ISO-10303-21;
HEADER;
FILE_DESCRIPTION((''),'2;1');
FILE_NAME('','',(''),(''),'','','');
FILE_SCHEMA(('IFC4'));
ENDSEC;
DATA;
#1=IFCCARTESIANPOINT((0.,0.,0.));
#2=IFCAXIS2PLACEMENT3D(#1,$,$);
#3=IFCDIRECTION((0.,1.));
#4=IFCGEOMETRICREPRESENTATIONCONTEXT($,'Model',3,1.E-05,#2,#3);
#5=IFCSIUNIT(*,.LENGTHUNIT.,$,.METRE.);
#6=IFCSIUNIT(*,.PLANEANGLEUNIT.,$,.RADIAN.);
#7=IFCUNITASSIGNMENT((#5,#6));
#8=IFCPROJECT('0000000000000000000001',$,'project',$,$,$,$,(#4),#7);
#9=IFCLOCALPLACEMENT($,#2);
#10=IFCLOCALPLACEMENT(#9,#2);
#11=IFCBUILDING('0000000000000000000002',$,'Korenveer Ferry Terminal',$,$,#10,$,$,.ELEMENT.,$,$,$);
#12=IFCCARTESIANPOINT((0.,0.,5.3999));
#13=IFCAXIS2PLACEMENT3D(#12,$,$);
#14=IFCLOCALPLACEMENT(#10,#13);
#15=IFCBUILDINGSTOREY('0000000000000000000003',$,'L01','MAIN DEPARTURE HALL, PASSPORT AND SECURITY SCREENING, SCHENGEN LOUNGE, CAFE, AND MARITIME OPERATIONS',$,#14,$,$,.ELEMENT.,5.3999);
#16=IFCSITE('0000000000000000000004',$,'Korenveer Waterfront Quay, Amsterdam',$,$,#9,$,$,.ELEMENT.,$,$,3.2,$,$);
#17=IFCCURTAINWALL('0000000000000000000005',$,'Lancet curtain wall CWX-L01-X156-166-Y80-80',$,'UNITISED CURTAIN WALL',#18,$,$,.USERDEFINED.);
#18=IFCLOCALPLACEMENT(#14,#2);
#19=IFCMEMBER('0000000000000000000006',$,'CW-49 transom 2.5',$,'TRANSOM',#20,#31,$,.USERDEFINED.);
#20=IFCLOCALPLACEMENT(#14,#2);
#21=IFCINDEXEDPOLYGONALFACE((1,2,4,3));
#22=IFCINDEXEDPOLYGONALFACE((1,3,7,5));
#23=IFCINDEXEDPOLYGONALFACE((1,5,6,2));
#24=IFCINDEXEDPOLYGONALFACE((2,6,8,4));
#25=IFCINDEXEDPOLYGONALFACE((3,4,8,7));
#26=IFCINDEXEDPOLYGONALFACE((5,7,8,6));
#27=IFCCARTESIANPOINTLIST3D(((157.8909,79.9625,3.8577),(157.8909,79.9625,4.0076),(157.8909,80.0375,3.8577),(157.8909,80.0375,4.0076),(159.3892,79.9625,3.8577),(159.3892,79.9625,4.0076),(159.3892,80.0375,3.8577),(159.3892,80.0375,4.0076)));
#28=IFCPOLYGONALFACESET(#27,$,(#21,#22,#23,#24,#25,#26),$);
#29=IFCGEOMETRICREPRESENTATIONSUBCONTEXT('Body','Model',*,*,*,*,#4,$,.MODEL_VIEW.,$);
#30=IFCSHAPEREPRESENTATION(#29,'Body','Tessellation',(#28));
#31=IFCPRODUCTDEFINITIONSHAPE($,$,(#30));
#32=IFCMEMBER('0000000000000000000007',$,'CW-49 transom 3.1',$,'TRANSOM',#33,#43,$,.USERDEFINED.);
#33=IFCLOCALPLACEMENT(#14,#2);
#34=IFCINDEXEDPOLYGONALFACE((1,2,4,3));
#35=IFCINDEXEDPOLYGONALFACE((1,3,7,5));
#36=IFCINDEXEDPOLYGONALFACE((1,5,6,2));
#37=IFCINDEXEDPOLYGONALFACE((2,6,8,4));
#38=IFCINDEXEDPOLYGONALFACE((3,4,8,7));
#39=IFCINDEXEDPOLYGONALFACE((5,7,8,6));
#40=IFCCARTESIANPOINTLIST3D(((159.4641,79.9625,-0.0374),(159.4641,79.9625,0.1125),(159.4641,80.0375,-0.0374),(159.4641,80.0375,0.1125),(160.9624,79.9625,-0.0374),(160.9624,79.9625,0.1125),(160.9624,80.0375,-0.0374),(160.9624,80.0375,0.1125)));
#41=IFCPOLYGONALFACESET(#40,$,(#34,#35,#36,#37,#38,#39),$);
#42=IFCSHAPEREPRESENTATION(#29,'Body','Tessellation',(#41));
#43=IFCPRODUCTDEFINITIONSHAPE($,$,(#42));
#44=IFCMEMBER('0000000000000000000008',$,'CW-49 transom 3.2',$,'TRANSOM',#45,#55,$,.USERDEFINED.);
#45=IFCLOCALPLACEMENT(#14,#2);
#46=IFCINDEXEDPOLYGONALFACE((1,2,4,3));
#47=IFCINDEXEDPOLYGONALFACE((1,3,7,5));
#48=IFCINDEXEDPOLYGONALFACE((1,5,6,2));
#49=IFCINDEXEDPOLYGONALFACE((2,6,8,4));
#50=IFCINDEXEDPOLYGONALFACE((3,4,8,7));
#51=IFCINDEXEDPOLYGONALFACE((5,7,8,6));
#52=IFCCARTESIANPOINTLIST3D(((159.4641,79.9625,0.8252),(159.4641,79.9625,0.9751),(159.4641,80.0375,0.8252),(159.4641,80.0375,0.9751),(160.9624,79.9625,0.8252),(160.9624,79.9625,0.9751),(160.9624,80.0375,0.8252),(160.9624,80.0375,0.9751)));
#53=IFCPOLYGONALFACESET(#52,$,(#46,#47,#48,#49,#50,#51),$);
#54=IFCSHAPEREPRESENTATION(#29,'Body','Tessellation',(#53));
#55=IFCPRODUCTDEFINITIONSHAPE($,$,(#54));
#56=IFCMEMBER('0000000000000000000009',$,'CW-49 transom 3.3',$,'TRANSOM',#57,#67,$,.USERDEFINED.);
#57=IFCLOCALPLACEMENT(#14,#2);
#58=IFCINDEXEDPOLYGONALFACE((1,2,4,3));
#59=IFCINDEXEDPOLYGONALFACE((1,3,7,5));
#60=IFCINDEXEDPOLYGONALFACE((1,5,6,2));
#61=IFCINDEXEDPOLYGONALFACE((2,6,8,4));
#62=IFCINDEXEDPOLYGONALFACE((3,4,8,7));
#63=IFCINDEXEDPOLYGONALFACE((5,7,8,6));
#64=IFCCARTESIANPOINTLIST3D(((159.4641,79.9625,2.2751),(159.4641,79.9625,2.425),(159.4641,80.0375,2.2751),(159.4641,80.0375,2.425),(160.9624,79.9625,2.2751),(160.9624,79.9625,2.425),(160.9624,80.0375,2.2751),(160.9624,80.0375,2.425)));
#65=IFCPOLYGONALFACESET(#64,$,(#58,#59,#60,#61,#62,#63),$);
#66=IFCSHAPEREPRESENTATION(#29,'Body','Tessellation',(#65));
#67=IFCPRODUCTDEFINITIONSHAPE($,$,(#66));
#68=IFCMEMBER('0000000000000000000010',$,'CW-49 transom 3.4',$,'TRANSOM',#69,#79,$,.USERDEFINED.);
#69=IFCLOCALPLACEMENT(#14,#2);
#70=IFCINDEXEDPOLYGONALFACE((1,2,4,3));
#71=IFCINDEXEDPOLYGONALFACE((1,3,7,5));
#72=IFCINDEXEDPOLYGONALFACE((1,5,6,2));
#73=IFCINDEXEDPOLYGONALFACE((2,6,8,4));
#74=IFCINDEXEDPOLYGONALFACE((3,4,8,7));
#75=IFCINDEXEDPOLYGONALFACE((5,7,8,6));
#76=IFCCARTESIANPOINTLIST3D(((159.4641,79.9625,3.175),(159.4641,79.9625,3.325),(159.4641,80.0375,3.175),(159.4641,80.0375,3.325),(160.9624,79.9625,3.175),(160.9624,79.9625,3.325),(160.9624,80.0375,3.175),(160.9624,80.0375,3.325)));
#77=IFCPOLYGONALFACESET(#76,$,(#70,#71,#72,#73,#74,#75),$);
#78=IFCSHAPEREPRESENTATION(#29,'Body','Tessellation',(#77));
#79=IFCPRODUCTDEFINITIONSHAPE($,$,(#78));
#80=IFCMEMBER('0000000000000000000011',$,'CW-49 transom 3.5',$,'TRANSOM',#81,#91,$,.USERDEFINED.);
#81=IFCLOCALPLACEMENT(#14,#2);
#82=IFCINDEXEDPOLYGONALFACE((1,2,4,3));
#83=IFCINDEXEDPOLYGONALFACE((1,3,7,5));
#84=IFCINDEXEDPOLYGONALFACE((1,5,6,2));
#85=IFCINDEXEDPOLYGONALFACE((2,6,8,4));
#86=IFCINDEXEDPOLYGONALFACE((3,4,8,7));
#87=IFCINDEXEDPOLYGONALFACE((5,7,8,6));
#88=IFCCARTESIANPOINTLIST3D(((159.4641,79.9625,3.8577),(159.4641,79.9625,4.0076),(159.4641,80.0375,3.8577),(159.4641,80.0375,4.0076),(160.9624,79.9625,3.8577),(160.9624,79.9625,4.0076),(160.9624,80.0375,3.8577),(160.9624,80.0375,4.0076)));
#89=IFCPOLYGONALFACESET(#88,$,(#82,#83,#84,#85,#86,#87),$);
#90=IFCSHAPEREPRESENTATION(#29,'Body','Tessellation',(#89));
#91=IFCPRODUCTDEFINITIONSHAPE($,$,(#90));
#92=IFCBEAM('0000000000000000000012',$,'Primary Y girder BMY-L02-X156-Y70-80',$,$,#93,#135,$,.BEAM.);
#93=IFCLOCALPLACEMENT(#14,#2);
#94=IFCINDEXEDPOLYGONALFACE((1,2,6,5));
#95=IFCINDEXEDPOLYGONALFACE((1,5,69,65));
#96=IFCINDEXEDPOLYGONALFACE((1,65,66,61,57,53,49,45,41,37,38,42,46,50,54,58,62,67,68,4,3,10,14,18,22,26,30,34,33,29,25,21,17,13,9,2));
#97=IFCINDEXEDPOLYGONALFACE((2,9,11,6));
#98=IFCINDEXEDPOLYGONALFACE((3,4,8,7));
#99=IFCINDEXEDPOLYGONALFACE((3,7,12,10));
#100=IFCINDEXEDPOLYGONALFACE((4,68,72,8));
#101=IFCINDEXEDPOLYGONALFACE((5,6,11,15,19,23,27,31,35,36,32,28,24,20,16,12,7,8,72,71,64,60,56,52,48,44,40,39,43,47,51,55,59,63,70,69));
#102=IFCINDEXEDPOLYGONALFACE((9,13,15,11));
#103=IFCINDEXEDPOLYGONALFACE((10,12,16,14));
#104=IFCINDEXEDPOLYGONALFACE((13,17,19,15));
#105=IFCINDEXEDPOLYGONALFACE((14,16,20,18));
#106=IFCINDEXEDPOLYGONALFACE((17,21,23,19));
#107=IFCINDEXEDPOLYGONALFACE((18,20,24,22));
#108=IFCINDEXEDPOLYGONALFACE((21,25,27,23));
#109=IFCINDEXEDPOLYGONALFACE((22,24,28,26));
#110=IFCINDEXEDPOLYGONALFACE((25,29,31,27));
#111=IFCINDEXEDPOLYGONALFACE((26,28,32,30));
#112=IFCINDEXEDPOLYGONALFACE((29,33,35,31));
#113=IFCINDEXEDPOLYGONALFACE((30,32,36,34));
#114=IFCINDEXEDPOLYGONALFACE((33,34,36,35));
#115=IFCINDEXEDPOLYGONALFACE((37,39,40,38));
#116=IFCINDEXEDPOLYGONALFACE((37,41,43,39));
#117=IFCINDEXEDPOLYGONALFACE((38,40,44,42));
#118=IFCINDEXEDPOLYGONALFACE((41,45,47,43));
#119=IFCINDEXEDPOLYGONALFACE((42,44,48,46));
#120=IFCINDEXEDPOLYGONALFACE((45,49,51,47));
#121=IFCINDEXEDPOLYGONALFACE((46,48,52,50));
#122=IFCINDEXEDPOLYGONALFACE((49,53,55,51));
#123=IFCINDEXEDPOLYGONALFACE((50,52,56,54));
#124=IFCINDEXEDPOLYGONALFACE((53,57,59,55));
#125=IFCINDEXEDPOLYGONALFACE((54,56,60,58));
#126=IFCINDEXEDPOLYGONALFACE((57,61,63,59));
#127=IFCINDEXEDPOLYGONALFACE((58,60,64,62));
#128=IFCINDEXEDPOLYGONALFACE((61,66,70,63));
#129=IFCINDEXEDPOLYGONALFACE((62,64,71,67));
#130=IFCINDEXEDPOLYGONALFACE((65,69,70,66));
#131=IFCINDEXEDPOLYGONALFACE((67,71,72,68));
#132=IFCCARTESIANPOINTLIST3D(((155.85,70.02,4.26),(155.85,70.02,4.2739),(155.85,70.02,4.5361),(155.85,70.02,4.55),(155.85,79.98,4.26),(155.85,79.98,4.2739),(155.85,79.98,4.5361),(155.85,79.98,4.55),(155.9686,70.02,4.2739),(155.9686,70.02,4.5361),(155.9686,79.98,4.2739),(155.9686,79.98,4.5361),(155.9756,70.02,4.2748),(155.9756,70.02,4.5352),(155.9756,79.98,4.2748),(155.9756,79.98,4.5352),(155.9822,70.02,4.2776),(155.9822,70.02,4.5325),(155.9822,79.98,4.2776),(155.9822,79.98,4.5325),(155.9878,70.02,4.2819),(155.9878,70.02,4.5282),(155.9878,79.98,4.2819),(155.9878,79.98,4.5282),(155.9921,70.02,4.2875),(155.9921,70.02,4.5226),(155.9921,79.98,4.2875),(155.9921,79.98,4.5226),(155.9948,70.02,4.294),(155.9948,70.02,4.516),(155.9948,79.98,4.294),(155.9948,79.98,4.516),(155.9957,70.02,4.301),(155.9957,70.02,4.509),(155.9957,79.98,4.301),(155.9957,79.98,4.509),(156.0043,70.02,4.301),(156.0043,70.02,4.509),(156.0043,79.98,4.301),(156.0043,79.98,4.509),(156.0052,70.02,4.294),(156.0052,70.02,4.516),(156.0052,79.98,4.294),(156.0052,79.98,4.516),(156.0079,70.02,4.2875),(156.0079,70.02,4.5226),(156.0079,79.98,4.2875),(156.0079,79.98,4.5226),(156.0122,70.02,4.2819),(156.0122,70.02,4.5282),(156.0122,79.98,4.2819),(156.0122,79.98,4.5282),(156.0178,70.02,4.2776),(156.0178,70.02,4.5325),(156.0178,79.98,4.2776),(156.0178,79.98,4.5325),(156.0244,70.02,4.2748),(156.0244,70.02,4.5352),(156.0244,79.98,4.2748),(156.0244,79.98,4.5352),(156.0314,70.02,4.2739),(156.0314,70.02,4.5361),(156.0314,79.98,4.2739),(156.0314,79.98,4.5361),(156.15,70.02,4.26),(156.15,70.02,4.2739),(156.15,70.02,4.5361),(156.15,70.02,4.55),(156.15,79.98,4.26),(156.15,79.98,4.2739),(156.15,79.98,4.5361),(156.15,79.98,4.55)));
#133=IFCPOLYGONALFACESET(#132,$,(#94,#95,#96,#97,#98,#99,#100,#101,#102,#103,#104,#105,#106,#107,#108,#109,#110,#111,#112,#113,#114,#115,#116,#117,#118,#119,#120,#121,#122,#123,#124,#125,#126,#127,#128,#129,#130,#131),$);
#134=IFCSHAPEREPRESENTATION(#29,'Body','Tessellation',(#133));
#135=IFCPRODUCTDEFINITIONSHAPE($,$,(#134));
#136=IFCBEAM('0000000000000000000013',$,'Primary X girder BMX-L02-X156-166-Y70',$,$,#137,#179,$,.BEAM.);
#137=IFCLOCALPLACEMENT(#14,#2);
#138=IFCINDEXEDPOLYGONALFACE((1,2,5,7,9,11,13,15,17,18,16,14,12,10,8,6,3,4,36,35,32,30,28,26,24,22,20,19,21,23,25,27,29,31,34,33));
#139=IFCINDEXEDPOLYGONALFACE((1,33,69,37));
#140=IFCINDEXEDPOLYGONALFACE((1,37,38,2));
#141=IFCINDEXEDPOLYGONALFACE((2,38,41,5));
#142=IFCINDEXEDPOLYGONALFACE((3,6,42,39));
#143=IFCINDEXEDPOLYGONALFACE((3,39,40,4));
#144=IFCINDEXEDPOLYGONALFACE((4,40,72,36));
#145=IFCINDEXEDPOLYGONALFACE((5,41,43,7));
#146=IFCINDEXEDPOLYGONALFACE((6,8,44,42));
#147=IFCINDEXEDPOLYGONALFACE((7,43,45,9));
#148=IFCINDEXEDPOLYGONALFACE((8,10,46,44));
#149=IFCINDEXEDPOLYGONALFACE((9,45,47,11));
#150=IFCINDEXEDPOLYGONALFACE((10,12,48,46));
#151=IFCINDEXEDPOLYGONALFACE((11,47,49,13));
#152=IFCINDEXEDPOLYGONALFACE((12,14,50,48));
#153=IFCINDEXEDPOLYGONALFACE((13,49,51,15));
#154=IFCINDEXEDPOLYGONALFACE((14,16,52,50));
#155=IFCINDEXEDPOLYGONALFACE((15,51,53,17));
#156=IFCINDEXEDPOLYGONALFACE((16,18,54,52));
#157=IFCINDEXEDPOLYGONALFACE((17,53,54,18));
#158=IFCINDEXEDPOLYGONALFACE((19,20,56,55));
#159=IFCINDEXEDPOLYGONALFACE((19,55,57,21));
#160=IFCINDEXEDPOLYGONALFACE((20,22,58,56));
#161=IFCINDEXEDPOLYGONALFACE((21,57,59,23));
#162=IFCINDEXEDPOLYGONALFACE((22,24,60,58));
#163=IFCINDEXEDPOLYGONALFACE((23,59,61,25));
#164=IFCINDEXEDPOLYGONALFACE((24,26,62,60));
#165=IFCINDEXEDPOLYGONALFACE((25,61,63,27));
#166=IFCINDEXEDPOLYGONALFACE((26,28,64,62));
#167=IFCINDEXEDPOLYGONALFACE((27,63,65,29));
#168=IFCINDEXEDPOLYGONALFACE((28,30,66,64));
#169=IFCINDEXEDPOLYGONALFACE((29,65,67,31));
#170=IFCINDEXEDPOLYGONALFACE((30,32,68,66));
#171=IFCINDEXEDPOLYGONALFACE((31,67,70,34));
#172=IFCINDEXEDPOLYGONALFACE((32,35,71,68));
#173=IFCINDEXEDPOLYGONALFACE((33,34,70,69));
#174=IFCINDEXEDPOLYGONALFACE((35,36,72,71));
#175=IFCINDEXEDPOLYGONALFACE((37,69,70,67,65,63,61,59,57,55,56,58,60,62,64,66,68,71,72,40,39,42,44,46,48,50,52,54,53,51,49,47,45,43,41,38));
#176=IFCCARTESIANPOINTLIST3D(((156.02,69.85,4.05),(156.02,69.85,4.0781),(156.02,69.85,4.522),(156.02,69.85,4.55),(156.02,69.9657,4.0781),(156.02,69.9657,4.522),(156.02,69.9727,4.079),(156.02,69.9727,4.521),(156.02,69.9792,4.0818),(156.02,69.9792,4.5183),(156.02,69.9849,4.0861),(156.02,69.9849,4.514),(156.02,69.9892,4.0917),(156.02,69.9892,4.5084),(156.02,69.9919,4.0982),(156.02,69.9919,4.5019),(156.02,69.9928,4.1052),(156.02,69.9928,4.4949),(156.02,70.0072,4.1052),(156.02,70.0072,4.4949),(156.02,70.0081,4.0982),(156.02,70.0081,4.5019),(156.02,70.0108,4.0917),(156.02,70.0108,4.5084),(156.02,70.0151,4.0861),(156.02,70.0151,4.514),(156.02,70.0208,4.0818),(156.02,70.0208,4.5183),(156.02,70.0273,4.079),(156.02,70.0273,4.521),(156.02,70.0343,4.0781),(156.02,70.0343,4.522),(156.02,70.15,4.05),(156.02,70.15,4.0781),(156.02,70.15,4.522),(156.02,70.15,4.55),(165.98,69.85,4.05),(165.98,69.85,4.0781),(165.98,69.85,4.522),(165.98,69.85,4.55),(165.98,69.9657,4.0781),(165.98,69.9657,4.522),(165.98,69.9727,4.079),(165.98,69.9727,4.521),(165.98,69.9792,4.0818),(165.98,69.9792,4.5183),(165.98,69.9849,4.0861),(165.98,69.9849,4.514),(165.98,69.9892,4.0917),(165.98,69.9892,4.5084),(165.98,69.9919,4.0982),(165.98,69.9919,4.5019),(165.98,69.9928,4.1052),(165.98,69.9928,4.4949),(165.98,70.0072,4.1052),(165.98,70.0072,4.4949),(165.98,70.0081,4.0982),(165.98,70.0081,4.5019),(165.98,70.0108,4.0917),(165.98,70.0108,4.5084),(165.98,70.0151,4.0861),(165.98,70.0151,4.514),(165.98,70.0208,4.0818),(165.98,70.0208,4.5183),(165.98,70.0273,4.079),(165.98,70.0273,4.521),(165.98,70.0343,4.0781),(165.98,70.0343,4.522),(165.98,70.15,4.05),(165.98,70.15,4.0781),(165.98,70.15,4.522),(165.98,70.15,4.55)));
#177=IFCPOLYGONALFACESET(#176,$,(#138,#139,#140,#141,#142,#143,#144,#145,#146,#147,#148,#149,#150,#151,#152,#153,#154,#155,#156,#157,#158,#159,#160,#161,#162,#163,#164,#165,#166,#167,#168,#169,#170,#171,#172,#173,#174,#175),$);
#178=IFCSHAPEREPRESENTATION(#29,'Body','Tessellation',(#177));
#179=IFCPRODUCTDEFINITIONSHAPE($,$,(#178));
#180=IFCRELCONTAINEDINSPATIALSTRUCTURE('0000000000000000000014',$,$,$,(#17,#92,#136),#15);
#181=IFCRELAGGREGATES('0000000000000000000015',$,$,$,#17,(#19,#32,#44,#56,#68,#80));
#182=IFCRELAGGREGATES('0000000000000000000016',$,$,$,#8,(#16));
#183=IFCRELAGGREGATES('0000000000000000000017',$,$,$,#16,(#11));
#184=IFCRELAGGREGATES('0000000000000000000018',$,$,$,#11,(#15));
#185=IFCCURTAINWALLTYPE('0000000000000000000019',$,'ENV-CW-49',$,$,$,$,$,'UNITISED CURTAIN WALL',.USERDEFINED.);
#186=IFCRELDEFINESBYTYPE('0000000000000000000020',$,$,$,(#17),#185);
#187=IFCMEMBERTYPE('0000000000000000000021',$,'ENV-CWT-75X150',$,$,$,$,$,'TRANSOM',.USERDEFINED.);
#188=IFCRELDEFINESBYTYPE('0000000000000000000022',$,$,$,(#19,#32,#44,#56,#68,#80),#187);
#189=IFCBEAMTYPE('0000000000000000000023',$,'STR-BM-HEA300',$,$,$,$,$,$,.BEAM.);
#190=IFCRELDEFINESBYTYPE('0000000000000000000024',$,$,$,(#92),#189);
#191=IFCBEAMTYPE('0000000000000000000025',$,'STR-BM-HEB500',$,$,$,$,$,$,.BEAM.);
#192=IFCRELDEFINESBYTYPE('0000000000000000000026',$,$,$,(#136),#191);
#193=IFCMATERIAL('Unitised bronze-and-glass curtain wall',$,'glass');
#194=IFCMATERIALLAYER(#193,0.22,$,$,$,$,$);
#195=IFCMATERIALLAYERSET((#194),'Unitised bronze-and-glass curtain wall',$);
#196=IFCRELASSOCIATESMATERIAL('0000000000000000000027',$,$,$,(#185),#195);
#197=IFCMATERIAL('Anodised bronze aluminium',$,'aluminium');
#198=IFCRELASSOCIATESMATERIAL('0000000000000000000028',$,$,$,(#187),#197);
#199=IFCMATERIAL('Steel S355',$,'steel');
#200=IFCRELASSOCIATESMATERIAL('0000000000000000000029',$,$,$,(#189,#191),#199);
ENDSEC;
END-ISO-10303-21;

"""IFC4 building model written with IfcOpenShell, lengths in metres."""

from ifc_helpers import new_model, si_unit, direction, frame, origin, origin_2d, place, context, subcontext, project, spatial, rectangle, i_section, extrude, material, layer, layer_set, material_profile, profile_set, type_object, element, aggregate, save


model = new_model("IFC4")

# Units and contexts
model_context = context("Model", 3, precision=1e-05, world=origin(), true_north=direction((0.0, 1.0)))
body_context = subcontext(model_context, "Body", "Model", "MODEL_VIEW")
ifc_project = project(units=[si_unit("LENGTHUNIT", "METRE"), si_unit("PLANEANGLEUNIT", "RADIAN")], contexts=[model_context])

# Site, building, storey
site_placement = place(None, origin())
site = spatial("IfcSite", under=ifc_project, at=site_placement, Name="Korenveer Waterfront Quay, Amsterdam", CompositionType="ELEMENT", RefElevation=3.2)
building_placement = place(site_placement, origin())
building = spatial("IfcBuilding", under=site, at=building_placement, Name="Korenveer Ferry Terminal", CompositionType="ELEMENT")
storey_placement = place(building_placement, frame((0.0, 0.0, 5.3999)))
storey = spatial("IfcBuildingStorey", under=building, at=storey_placement, Name="L01", Description="MAIN DEPARTURE HALL, PASSPORT AND SECURITY SCREENING, SCHENGEN LOUNGE, CAFE, AND MARITIME OPERATIONS", CompositionType="ELEMENT", Elevation=5.3999)

# Shared definitions
ifc_material_1 = material(Name="Unitised bronze-and-glass curtain wall", Category="glass")
ifc_material_2 = material(Name="Anodised bronze aluminium", Category="aluminium")

# Curtain wall, members
ifc_layer_1 = layer(ifc_material_1, 0.22)
ifc_layer_set_1 = layer_set([ifc_layer_1], Name="Unitised bronze-and-glass curtain wall")
curtain_wall_type_1 = type_object("IfcCurtainWallType", Name="ENV-CW-49", ElementType="UNITISED CURTAIN WALL", PredefinedType="USERDEFINED", material=ifc_layer_set_1)
curtain_wall_1_placement = place(storey_placement, frame((156.28, 80.0, 0.0)))
curtain_wall_1 = element("IfcCurtainWall", 1, at=curtain_wall_1_placement, inside=storey, type_object=curtain_wall_type_1, Name="Lancet curtain wall CWX-L01-X156-166-Y80-80", ObjectType="UNITISED CURTAIN WALL", PredefinedType="USERDEFINED")
ifc_material_profile_1 = material_profile(ifc_material_2, rectangle(XDim=0.075, YDim=0.1499, at=origin_2d()), Name="ALU 75x150")
ifc_profile_set_1 = profile_set([ifc_material_profile_1], Name="Anodised bronze aluminium")
member_type_1 = type_object("IfcMemberType", Name="ENV-CWT-75X150", ElementType="TRANSOM", PredefinedType="USERDEFINED", material=ifc_profile_set_1)
member_1_placement = place(storey_placement, frame((157.8909, 80.0, 3.9326), z_axis=(1.0, 0.0, 0.0), x_axis=(0.0, 1.0, 0.0)))
member_1 = element("IfcMember", 2, at=member_1_placement, type_object=member_type_1, Name="CW-49 transom 2.5", ObjectType="TRANSOM", PredefinedType="USERDEFINED", context=body_context, shape_type="SweptSolid", body=[
    extrude(rectangle(XDim=0.075, YDim=0.1499, at=origin_2d()), origin(), (0.0, 0.0, 1.0), 1.4983),
])
member_2_placement = place(storey_placement, frame((159.4641, 80.0, 0.0376), z_axis=(1.0, 0.0, 0.0), x_axis=(0.0, 1.0, 0.0)))
member_2 = element("IfcMember", 3, at=member_2_placement, type_object=member_type_1, Name="CW-49 transom 3.1", ObjectType="TRANSOM", PredefinedType="USERDEFINED", context=body_context, shape_type="SweptSolid", body=[
    extrude(rectangle(XDim=0.075, YDim=0.1499, at=origin_2d()), origin(), (0.0, 0.0, 1.0), 1.4983),
])
member_3_placement = place(storey_placement, frame((159.4641, 80.0, 0.9001), z_axis=(1.0, 0.0, 0.0), x_axis=(0.0, 1.0, 0.0)))
member_3 = element("IfcMember", 4, at=member_3_placement, type_object=member_type_1, Name="CW-49 transom 3.2", ObjectType="TRANSOM", PredefinedType="USERDEFINED", context=body_context, shape_type="SweptSolid", body=[
    extrude(rectangle(XDim=0.075, YDim=0.1499, at=origin_2d()), origin(), (0.0, 0.0, 1.0), 1.4983),
])
member_4_placement = place(storey_placement, frame((159.4641, 80.0, 2.3501), z_axis=(1.0, 0.0, 0.0), x_axis=(0.0, 1.0, 0.0)))
member_4 = element("IfcMember", 5, at=member_4_placement, type_object=member_type_1, Name="CW-49 transom 3.3", ObjectType="TRANSOM", PredefinedType="USERDEFINED", context=body_context, shape_type="SweptSolid", body=[
    extrude(rectangle(XDim=0.075, YDim=0.1499, at=origin_2d()), origin(), (0.0, 0.0, 1.0), 1.4983),
])
member_5_placement = place(storey_placement, frame((159.4641, 80.0, 3.25), z_axis=(1.0, 0.0, 0.0), x_axis=(0.0, 1.0, 0.0)))
member_5 = element("IfcMember", 6, at=member_5_placement, type_object=member_type_1, Name="CW-49 transom 3.4", ObjectType="TRANSOM", PredefinedType="USERDEFINED", context=body_context, shape_type="SweptSolid", body=[
    extrude(rectangle(XDim=0.075, YDim=0.1499, at=origin_2d()), origin(), (0.0, 0.0, 1.0), 1.4983),
])
member_6_placement = place(storey_placement, frame((159.4641, 80.0, 3.9326), z_axis=(1.0, 0.0, 0.0), x_axis=(0.0, 1.0, 0.0)))
member_6 = element("IfcMember", 7, at=member_6_placement, type_object=member_type_1, Name="CW-49 transom 3.5", ObjectType="TRANSOM", PredefinedType="USERDEFINED", context=body_context, shape_type="SweptSolid", body=[
    extrude(rectangle(XDim=0.075, YDim=0.1499, at=origin_2d()), origin(), (0.0, 0.0, 1.0), 1.4983),
])

# Beams
ifc_material_3 = material(Name="Steel S355", Category="steel")
ifc_material_profile_2 = material_profile(ifc_material_3, i_section(OverallWidth=0.3, OverallDepth=0.29, WebThickness=0.0085, FlangeThickness=0.0139, FilletRadius=0.0271, at=origin_2d()), Name="HEA 300")
ifc_profile_set_2 = profile_set([ifc_material_profile_2], Name="Steel S355")
beam_type_1 = type_object("IfcBeamType", Name="STR-BM-HEA300", PredefinedType="BEAM", material=ifc_profile_set_2)
beam_1_placement = place(storey_placement, frame((156.0, 70.02, 4.405), z_axis=(0.0, 1.0, 0.0), x_axis=(-1.0, 0.0, 0.0)))
element("IfcBeam", 8, at=beam_1_placement, inside=storey, type_object=beam_type_1, Name="Primary Y girder BMY-L02-X156-Y70-80", PredefinedType="BEAM", context=body_context, shape_type="SweptSolid", body=[
    extrude(i_section(OverallWidth=0.3, OverallDepth=0.29, WebThickness=0.0085, FlangeThickness=0.0139, FilletRadius=0.0271, at=origin_2d()), origin(), (0.0, 0.0, 1.0), 9.96),
])
ifc_material_profile_3 = material_profile(ifc_material_3, i_section(OverallWidth=0.3, OverallDepth=0.5, WebThickness=0.0144, FlangeThickness=0.0281, FilletRadius=0.0271, at=origin_2d()), Name="HEB 500")
ifc_profile_set_3 = profile_set([ifc_material_profile_3], Name="Steel S355")
beam_type_2 = type_object("IfcBeamType", Name="STR-BM-HEB500", PredefinedType="BEAM", material=ifc_profile_set_3)
beam_2_placement = place(storey_placement, frame((156.02, 70.0, 4.3), z_axis=(1.0, 0.0, 0.0), x_axis=(0.0, 1.0, 0.0)))
element("IfcBeam", 9, at=beam_2_placement, inside=storey, type_object=beam_type_2, Name="Primary X girder BMX-L02-X156-166-Y70", PredefinedType="BEAM", context=body_context, shape_type="SweptSolid", body=[
    extrude(i_section(OverallWidth=0.3, OverallDepth=0.5, WebThickness=0.0144, FlangeThickness=0.0281, FilletRadius=0.0271, at=origin_2d()), origin(), (0.0, 0.0, 1.0), 9.96),
])

aggregate(curtain_wall_1, [member_1, member_2, member_3, member_4, member_5, member_6])

save(model, "model.ifc")
